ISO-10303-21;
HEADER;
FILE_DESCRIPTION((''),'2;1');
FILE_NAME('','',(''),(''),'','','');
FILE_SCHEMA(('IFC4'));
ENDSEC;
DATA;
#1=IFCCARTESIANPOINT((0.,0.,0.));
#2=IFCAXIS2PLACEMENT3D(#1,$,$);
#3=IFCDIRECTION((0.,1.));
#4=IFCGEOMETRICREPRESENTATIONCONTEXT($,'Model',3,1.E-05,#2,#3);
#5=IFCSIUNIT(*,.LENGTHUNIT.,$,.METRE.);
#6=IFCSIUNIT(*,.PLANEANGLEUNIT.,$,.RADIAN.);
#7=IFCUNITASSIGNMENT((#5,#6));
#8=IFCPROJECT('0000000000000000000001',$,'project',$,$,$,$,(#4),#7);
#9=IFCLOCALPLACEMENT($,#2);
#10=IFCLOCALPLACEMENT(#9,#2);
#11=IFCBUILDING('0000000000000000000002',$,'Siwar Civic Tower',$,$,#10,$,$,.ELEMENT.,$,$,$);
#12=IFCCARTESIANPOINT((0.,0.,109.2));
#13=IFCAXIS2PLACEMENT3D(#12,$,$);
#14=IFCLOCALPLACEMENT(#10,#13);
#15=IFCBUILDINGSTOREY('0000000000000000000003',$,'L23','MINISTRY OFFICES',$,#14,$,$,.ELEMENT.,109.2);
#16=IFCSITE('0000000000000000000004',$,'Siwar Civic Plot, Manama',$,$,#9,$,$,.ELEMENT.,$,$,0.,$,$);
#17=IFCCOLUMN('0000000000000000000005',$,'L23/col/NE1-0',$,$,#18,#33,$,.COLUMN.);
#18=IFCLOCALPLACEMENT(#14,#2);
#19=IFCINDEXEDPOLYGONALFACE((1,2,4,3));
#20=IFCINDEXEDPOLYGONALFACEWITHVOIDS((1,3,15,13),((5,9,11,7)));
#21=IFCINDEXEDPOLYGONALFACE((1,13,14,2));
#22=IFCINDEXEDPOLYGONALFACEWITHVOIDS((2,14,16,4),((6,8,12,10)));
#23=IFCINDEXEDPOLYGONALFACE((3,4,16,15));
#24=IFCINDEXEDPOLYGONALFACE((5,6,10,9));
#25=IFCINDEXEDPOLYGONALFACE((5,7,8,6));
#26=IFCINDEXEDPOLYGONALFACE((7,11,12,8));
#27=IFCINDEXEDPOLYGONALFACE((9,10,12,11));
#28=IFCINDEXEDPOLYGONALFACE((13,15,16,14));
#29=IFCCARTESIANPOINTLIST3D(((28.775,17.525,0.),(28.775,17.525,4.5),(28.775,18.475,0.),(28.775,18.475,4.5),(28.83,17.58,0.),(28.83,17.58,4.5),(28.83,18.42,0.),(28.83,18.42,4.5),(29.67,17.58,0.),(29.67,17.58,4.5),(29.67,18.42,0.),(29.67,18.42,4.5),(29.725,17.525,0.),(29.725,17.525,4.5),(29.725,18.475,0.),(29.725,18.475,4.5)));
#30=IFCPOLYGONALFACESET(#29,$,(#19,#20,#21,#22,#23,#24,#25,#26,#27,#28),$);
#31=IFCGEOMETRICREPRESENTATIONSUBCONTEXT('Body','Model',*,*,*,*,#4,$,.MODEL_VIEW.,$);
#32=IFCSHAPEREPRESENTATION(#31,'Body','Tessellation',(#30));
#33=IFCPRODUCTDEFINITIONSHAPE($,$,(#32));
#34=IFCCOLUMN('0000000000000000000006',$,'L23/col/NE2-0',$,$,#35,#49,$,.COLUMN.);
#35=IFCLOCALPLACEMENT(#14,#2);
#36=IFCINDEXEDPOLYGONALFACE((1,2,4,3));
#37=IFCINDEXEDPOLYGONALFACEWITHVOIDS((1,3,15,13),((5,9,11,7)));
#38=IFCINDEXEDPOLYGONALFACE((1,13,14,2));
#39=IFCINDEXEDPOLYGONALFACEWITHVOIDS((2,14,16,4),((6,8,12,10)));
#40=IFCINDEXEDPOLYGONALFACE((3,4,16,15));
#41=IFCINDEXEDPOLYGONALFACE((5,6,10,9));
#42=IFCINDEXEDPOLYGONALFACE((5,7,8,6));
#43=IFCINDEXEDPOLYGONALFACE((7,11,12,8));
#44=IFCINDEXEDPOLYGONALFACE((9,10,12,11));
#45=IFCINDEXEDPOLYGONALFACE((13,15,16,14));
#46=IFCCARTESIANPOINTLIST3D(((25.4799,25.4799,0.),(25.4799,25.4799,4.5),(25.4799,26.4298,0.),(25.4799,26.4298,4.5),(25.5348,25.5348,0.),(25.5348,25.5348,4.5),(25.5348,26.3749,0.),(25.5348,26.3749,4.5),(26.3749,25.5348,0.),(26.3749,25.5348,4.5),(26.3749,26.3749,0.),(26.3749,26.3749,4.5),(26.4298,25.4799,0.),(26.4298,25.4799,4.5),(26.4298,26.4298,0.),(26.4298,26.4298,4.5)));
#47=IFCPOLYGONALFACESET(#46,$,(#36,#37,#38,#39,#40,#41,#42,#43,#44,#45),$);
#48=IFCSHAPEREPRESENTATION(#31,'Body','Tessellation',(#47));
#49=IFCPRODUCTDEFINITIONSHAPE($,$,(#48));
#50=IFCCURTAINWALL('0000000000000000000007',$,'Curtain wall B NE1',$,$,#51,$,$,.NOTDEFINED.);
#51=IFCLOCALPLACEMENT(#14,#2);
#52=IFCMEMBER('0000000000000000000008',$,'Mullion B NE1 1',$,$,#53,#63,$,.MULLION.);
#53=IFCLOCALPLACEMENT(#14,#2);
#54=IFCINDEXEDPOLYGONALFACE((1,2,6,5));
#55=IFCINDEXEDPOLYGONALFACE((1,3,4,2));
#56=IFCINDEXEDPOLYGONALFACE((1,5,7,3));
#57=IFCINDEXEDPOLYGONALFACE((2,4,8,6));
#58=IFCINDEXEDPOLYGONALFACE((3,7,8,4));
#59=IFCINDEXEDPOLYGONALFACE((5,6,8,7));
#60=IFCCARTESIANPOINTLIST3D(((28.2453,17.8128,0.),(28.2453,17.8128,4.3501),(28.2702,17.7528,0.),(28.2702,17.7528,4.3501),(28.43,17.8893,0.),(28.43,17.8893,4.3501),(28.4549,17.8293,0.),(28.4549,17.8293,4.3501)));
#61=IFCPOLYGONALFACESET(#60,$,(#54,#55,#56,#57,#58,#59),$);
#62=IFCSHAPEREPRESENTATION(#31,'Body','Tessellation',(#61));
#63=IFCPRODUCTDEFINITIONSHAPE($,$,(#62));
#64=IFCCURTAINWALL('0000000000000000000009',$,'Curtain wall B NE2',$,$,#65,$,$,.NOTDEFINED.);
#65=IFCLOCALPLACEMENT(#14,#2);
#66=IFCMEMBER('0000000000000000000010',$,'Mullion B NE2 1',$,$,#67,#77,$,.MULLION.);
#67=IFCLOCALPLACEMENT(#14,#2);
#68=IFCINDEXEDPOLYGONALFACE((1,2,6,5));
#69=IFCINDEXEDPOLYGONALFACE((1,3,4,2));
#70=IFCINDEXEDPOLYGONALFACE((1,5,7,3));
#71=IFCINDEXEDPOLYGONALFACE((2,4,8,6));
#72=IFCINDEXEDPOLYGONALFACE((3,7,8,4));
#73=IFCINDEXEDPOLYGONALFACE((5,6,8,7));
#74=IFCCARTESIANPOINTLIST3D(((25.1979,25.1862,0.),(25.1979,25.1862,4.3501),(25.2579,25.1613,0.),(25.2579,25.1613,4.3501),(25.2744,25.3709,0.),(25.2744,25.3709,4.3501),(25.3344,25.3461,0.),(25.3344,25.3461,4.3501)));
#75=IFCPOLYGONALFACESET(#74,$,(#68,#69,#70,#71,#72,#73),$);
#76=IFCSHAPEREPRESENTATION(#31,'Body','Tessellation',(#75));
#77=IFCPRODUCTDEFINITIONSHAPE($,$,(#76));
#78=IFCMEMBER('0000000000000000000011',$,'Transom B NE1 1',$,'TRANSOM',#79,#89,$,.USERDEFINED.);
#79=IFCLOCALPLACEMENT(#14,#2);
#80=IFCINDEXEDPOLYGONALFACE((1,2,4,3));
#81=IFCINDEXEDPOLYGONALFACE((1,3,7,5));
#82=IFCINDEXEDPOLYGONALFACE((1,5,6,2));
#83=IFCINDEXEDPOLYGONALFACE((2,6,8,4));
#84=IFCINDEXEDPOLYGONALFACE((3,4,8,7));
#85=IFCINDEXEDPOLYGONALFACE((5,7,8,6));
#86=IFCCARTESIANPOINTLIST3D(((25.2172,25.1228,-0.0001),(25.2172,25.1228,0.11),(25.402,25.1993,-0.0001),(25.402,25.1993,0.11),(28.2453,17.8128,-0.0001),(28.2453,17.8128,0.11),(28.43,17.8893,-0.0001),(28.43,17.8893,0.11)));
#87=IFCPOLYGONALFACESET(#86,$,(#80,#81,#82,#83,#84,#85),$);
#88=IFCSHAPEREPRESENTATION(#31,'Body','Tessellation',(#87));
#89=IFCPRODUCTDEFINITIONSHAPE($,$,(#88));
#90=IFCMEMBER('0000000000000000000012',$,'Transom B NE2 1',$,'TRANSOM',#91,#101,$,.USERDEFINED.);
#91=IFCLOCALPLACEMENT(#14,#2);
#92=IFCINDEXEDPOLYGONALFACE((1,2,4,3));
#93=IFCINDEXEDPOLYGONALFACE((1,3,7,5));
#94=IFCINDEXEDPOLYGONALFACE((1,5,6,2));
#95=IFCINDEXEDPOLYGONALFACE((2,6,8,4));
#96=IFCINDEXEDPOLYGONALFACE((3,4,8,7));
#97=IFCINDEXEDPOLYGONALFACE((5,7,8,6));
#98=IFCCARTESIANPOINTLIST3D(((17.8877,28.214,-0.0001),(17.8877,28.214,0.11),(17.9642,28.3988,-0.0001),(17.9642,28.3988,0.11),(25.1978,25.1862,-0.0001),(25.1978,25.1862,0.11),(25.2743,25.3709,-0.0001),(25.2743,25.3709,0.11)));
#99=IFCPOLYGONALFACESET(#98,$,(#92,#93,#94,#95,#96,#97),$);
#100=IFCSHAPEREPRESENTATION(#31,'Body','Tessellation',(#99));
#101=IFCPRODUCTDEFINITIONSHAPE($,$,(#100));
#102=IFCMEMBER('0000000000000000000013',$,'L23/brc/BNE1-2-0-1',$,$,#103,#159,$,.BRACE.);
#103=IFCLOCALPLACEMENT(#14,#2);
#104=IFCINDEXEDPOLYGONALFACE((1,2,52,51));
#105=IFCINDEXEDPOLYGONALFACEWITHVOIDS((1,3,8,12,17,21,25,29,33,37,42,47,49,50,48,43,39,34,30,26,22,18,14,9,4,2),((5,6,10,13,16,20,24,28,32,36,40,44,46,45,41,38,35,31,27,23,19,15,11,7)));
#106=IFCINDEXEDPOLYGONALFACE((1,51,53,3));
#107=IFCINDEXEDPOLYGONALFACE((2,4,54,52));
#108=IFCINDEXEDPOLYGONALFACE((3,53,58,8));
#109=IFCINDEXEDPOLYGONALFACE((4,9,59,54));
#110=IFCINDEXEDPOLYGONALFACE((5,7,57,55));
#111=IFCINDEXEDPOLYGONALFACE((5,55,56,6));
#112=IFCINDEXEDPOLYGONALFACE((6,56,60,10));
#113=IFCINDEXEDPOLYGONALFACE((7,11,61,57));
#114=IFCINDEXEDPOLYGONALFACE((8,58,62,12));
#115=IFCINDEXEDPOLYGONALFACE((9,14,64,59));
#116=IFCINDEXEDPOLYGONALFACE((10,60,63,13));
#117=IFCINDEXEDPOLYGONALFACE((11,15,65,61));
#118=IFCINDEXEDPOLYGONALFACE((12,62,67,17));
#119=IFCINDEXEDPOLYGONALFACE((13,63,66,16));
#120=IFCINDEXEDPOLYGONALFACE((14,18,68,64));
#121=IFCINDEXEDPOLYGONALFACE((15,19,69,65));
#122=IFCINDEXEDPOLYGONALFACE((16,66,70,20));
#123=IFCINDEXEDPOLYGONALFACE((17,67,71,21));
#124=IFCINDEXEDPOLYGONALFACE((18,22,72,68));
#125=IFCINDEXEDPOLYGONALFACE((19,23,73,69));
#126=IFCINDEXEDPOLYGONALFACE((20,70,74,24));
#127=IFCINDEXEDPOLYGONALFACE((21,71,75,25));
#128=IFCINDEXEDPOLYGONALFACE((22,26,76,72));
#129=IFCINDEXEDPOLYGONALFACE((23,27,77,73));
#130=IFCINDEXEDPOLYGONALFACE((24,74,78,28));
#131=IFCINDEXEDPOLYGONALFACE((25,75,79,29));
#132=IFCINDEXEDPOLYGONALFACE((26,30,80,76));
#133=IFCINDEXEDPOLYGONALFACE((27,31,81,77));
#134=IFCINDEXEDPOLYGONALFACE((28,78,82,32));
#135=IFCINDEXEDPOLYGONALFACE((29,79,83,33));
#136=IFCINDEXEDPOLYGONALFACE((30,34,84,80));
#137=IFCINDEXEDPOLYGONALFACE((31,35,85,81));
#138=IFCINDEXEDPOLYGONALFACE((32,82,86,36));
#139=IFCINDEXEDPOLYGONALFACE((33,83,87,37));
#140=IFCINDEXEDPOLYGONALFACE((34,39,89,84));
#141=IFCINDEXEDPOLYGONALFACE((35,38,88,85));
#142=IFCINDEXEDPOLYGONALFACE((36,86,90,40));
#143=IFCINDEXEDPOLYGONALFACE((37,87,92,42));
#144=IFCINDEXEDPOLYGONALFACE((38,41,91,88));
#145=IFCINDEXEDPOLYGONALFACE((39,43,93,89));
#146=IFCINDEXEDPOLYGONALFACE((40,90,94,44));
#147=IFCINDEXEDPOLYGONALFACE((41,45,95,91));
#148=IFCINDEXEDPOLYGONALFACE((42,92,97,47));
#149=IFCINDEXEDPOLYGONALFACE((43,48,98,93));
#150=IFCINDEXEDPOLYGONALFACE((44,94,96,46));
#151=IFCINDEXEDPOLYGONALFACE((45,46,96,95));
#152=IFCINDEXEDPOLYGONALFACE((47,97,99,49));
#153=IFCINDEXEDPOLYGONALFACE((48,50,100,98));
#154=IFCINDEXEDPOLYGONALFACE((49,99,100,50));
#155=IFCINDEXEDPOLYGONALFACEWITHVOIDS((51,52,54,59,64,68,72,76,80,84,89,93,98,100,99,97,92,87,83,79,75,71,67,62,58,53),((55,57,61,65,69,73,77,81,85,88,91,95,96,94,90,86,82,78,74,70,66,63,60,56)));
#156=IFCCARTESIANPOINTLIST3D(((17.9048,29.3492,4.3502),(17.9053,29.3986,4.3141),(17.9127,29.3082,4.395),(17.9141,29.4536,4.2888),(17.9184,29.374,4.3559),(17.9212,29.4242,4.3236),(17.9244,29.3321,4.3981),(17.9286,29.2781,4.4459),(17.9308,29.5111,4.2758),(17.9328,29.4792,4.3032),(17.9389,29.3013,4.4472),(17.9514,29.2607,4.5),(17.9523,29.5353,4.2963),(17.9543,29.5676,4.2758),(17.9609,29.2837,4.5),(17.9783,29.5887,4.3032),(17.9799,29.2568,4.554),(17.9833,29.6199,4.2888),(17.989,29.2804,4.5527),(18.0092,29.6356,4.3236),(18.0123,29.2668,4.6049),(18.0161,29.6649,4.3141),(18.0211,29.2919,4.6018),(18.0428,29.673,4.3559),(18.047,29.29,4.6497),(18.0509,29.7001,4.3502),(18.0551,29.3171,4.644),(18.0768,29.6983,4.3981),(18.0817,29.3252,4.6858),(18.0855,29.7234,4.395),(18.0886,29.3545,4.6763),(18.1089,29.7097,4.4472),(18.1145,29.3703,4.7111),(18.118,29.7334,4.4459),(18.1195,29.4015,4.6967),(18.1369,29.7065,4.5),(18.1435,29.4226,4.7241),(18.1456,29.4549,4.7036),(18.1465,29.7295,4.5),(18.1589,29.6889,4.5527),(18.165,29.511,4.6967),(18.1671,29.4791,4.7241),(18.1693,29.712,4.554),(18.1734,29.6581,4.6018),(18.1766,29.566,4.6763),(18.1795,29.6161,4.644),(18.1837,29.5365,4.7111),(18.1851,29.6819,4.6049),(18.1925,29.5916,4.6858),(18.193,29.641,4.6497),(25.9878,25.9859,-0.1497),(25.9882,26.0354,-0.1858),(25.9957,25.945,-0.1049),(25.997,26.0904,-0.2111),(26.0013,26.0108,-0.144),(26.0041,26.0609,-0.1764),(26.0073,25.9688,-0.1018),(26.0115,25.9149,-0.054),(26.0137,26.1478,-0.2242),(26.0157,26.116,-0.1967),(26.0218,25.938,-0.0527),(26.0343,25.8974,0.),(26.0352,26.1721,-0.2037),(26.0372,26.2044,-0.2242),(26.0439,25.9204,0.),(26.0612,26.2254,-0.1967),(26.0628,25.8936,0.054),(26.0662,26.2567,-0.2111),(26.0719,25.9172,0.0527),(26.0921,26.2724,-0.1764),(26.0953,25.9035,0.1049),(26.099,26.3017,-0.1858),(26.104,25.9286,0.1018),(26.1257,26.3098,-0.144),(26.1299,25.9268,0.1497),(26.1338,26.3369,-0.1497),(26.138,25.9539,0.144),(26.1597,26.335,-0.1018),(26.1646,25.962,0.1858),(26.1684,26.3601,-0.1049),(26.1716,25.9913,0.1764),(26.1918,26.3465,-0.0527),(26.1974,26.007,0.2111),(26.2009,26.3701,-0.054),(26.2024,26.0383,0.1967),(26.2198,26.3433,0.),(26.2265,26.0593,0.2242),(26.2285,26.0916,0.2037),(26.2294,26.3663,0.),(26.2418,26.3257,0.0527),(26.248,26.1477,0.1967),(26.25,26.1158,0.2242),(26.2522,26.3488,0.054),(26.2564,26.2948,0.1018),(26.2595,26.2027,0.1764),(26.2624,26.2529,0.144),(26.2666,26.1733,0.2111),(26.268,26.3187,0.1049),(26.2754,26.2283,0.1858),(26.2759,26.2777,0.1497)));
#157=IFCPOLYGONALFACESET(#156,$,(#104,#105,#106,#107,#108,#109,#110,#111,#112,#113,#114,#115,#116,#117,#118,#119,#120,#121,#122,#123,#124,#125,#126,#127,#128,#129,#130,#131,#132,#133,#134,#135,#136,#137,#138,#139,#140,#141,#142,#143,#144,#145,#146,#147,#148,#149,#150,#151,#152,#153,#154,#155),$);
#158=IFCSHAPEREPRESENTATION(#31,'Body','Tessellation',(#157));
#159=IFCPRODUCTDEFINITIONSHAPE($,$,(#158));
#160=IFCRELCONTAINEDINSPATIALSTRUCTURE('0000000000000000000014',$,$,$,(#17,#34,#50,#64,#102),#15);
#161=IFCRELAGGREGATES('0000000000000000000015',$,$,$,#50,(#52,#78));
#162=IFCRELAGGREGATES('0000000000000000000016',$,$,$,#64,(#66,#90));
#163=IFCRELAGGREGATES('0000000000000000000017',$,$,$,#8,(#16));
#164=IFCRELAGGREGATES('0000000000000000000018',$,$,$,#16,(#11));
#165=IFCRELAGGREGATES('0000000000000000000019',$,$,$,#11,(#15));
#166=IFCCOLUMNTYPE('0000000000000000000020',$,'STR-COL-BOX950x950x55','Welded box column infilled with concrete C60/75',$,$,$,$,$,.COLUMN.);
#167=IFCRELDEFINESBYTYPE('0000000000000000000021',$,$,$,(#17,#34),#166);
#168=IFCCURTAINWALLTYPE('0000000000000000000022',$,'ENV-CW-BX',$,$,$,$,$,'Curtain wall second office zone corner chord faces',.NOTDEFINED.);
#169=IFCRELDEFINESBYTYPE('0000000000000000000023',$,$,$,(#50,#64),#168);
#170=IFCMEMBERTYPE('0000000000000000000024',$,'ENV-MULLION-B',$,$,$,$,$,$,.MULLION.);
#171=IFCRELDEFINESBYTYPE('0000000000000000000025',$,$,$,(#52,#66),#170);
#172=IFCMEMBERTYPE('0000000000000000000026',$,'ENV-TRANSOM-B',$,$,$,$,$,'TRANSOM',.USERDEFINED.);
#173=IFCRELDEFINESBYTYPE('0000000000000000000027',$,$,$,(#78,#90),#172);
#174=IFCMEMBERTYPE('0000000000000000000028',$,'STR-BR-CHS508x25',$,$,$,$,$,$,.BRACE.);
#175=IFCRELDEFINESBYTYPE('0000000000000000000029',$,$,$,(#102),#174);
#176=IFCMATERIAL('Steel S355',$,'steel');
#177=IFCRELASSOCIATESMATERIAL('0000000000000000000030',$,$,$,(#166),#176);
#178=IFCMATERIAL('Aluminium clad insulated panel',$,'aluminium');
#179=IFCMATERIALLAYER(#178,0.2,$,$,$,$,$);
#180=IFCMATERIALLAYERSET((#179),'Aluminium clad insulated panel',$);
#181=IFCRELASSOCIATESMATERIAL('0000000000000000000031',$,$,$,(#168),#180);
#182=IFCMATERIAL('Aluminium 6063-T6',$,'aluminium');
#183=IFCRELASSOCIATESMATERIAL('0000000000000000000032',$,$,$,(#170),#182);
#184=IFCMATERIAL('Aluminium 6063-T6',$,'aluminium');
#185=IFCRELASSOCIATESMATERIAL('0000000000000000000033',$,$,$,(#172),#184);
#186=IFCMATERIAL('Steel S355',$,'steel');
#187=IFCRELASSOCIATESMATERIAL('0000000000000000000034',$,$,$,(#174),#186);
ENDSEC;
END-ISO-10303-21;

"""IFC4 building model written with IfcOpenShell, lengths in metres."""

from ifc_helpers import new_model, si_unit, direction, frame, origin, origin_2d, place, context, subcontext, project, spatial, rectangle, hollow_rectangle, hollow_circle, extrude, material, layer, layer_set, material_profile, profile_set, type_object, element, aggregate, save


model = new_model("IFC4")

# Units and contexts
model_context = context("Model", 3, precision=1e-05, world=origin(), true_north=direction((0.0, 1.0)))
body_context = subcontext(model_context, "Body", "Model", "MODEL_VIEW")
ifc_project = project(units=[si_unit("LENGTHUNIT", "METRE"), si_unit("PLANEANGLEUNIT", "RADIAN")], contexts=[model_context])

# Site, building, storey
site_placement = place(None, origin())
site = spatial("IfcSite", under=ifc_project, at=site_placement, Name="Siwar Civic Plot, Manama", CompositionType="ELEMENT", RefElevation=0.0)
building_placement = place(site_placement, origin())
building = spatial("IfcBuilding", under=site, at=building_placement, Name="Siwar Civic Tower", CompositionType="ELEMENT")
storey_placement = place(building_placement, frame((0.0, 0.0, 109.2)))
storey = spatial("IfcBuildingStorey", under=building, at=storey_placement, Name="L23", Description="MINISTRY OFFICES", CompositionType="ELEMENT", Elevation=109.2)

# Columns
ifc_material_1 = material(Name="Steel S355", Category="steel")
ifc_material_profile_1 = material_profile(ifc_material_1, hollow_rectangle(XDim=0.95, YDim=0.95, WallThickness=0.0549, at=origin_2d()), Name="BOX950x950x55")
ifc_profile_set_1 = profile_set([ifc_material_profile_1], Name="Steel S355")
column_type = type_object("IfcColumnType", Name="STR-COL-BOX950x950x55", Description="Welded box column infilled with concrete C60/75", PredefinedType="COLUMN", material=ifc_profile_set_1)
for number, where, z_axis, x_axis, name in (
    (1, (29.25, 18.0, 0.0), (0.0, 0.0, 1.0), (1.0, 0.0, 0.0), "L23/col/NE1-0"),
    (2, (25.9548, 25.9548, 0.0), (0.0, 0.0, 1.0), (1.0, 0.0, 0.0), "L23/col/NE2-0"),
):
    element("IfcColumn", number, at=place(storey_placement, frame(where, z_axis=z_axis, x_axis=x_axis)), inside=storey, type_object=column_type, Name=name, PredefinedType="COLUMN", context=body_context, shape_type="SweptSolid", body=[
        extrude(hollow_rectangle(XDim=0.95, YDim=0.95, WallThickness=0.0549, at=origin_2d()), origin(), (0.0, 0.0, 1.0), 4.5),
    ])

# Curtain walls, members
ifc_material_2 = material(Name="Aluminium clad insulated panel", Category="aluminium")
ifc_layer_1 = layer(ifc_material_2, 0.2)
ifc_layer_set_1 = layer_set([ifc_layer_1], Name="Aluminium clad insulated panel")
curtain_wall_type = type_object("IfcCurtainWallType", Name="ENV-CW-BX", ElementType="Curtain wall second office zone corner chord faces", PredefinedType="NOTDEFINED", material=ifc_layer_set_1)
curtain_wall_1_placement = place(storey_placement, origin())
curtain_wall_1 = element("IfcCurtainWall", 3, at=curtain_wall_1_placement, inside=storey, type_object=curtain_wall_type, Name="Curtain wall B NE1", PredefinedType="NOTDEFINED")
ifc_material_3 = material(Name="Aluminium 6063-T6", Category="aluminium")
ifc_material_profile_2 = material_profile(ifc_material_3, rectangle(XDim=0.2, YDim=0.0649, at=origin_2d()), Name="AL 200x65")
ifc_profile_set_2 = profile_set([ifc_material_profile_2], Name="Aluminium 6063-T6")
member_type_1 = type_object("IfcMemberType", Name="ENV-MULLION-B", PredefinedType="MULLION", material=ifc_profile_set_2)
member_1_placement = place(storey_placement, frame((28.3501, 17.821, 0.0), z_axis=(0.0, 0.0, 1.0), x_axis=(-0.92388, -0.382683, 0.0)))
member_1 = element("IfcMember", 4, at=member_1_placement, type_object=member_type_1, Name="Mullion B NE1 1", PredefinedType="MULLION", context=body_context, shape_type="SweptSolid", body=[
    extrude(rectangle(XDim=0.2, YDim=0.0649, at=origin_2d()), origin(), (0.0, 0.0, 1.0), 4.3501),
])
curtain_wall_2_placement = place(storey_placement, origin())
curtain_wall_2 = element("IfcCurtainWall", 5, at=curtain_wall_2_placement, inside=storey, type_object=curtain_wall_type, Name="Curtain wall B NE2", PredefinedType="NOTDEFINED")
member_2_placement = place(storey_placement, frame((25.2661, 25.2661, 0.0), z_axis=(0.0, 0.0, 1.0), x_axis=(-0.382683, -0.92388, 0.0)))
member_2 = element("IfcMember", 6, at=member_2_placement, type_object=member_type_1, Name="Mullion B NE2 1", PredefinedType="MULLION", context=body_context, shape_type="SweptSolid", body=[
    extrude(rectangle(XDim=0.2, YDim=0.0649, at=origin_2d()), origin(), (0.0, 0.0, 1.0), 4.3501),
])

# Members
ifc_material_4 = material(Name="Aluminium 6063-T6", Category="aluminium")
ifc_material_profile_3 = material_profile(ifc_material_4, rectangle(XDim=0.2, YDim=0.1101, at=origin_2d()), Name="AL 200x110")
ifc_profile_set_3 = profile_set([ifc_material_profile_3], Name="Aluminium 6063-T6")
member_type_2 = type_object("IfcMemberType", Name="ENV-TRANSOM-B", ElementType="TRANSOM", PredefinedType="USERDEFINED", material=ifc_profile_set_3)
member_3_placement = place(storey_placement, frame((28.3376, 17.8511, 0.0549), z_axis=(-0.3827, 0.923873, 0.0), x_axis=(-0.923873, -0.3827, 0.0)))
member_3 = element("IfcMember", 7, at=member_3_placement, type_object=member_type_2, Name="Transom B NE1 1", ObjectType="TRANSOM", PredefinedType="USERDEFINED", context=body_context, shape_type="SweptSolid", body=[
    extrude(rectangle(XDim=0.2, YDim=0.1101, at=origin_2d()), origin(), (0.0, 0.0, 1.0), 7.9124),
])
member_4_placement = place(storey_placement, frame((25.2361, 25.2786, 0.0549), z_axis=(-0.923884, 0.382673, 0.0), x_axis=(-0.382673, -0.923884, 0.0)))
member_4 = element("IfcMember", 8, at=member_4_placement, type_object=member_type_2, Name="Transom B NE2 1", ObjectType="TRANSOM", PredefinedType="USERDEFINED", context=body_context, shape_type="SweptSolid", body=[
    extrude(rectangle(XDim=0.2, YDim=0.1101, at=origin_2d()), origin(), (0.0, 0.0, 1.0), 7.9124),
])

# Member
ifc_material_5 = material(Name="Steel S355", Category="steel")
ifc_material_profile_4 = material_profile(ifc_material_5, hollow_circle(Radius=0.2539, WallThickness=0.0249, at=origin_2d()), Name="CHS508x25")
ifc_profile_set_4 = profile_set([ifc_material_profile_4], Name="Steel S355")
member_type_3 = type_object("IfcMemberType", Name="STR-BR-CHS508x25", PredefinedType="BRACE", material=ifc_profile_set_4)
member_5_placement = place(storey_placement, frame((26.1318, 26.1318, 0.0), z_axis=(-0.821143, 0.341671, 0.457149), x_axis=(-0.384164, -0.923265, 0.0)))
element("IfcMember", 9, at=member_5_placement, inside=storey, type_object=member_type_3, Name="L23/brc/BNE1-2-0-1", PredefinedType="BRACE", context=body_context, shape_type="SweptSolid", body=[
    extrude(hollow_circle(Radius=0.2539, WallThickness=0.0249, at=origin_2d()), origin(), (0.0, 0.0, 1.0), 9.8435),
])

aggregate(curtain_wall_1, [member_1, member_3])
aggregate(curtain_wall_2, [member_2, member_4])

save(model, "model.ifc")
